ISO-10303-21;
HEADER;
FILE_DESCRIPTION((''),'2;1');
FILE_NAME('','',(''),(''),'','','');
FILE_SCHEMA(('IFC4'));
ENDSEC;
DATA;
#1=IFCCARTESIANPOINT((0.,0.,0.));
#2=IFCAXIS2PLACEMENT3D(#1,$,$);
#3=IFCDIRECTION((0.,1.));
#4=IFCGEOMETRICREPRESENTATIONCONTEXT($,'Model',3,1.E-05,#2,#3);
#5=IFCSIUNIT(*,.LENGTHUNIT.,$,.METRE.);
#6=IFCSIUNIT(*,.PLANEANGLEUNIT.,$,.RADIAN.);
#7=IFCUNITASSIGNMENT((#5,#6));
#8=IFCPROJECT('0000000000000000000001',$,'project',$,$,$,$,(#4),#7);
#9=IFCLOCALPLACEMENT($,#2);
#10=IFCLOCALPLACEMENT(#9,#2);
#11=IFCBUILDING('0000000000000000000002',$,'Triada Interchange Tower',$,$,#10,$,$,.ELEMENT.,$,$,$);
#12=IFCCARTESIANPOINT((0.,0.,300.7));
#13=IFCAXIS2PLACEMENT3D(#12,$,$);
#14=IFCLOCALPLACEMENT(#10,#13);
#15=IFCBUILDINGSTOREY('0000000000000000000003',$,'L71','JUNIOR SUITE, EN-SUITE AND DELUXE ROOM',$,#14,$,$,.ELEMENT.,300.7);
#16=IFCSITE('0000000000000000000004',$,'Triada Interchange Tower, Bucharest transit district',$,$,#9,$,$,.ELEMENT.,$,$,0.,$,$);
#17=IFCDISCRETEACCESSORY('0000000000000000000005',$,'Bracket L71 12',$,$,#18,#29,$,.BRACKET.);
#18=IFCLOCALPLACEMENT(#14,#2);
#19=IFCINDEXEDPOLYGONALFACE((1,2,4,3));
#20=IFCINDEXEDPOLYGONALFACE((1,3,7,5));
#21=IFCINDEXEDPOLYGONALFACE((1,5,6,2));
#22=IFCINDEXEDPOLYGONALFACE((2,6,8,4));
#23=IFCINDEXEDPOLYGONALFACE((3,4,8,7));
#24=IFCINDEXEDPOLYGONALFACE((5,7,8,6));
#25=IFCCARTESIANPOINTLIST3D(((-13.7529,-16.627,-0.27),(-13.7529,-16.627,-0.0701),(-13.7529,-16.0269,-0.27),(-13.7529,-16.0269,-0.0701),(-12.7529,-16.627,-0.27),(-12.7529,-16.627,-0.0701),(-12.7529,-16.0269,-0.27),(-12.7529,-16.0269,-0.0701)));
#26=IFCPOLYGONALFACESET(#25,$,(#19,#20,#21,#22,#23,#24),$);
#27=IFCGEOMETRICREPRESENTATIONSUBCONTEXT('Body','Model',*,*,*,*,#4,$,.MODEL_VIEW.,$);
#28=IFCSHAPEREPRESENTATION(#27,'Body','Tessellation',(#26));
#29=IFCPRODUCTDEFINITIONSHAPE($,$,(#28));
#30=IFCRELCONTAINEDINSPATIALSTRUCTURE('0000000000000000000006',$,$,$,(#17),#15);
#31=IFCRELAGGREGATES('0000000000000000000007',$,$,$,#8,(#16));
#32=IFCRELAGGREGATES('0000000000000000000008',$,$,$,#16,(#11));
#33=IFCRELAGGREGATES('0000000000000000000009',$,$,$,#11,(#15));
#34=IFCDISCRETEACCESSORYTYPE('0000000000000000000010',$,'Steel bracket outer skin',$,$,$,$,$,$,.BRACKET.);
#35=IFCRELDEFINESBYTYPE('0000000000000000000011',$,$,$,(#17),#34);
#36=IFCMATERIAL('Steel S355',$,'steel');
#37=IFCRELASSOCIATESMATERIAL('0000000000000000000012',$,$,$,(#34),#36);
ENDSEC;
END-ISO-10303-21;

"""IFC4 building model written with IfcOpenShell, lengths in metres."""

from ifc_helpers import new_model, si_unit, direction, frame, origin, origin_2d, place, context, subcontext, project, spatial, rectangle, extrude, material, type_object, element, save


model = new_model("IFC4")

# Units and contexts
model_context = context("Model", 3, precision=1e-05, world=origin(), true_north=direction((0.0, 1.0)))
body_context = subcontext(model_context, "Body", "Model", "MODEL_VIEW")
ifc_project = project(units=[si_unit("LENGTHUNIT", "METRE"), si_unit("PLANEANGLEUNIT", "RADIAN")], contexts=[model_context])

# Site, building, storey
site_placement = place(None, origin())
site = spatial("IfcSite", under=ifc_project, at=site_placement, Name="Triada Interchange Tower, Bucharest transit district", CompositionType="ELEMENT", RefElevation=0.0)
building_placement = place(site_placement, origin())
building = spatial("IfcBuilding", under=site, at=building_placement, Name="Triada Interchange Tower", CompositionType="ELEMENT")
storey_placement = place(building_placement, frame((0.0, 0.0, 300.7)))
storey = spatial("IfcBuildingStorey", under=building, at=storey_placement, Name="L71", Description="JUNIOR SUITE, EN-SUITE AND DELUXE ROOM", CompositionType="ELEMENT", Elevation=300.7)

# Discrete accessory
ifc_material_1 = material(Name="Steel S355", Category="steel")
discrete_accessory_type = type_object("IfcDiscreteAccessoryType", Name="Steel bracket outer skin", PredefinedType="BRACKET", material=ifc_material_1)
for number, where, z_axis, x_axis, name in (
    (1, (-13.2529, -16.3269, -0.27), (0.0, 0.0, 1.0), (0.0, -1.0, 0.0), "Bracket L71 12"),
):
    element("IfcDiscreteAccessory", number, at=place(storey_placement, frame(where, z_axis=z_axis, x_axis=x_axis)), inside=storey, type_object=discrete_accessory_type, Name=name, PredefinedType="BRACKET", context=body_context, shape_type="SweptSolid", body=[
        extrude(rectangle(XDim=0.6001, YDim=1.0, at=origin_2d()), origin(), (0.0, 0.0, 1.0), 0.2),
    ])

save(model, "model.ifc")
